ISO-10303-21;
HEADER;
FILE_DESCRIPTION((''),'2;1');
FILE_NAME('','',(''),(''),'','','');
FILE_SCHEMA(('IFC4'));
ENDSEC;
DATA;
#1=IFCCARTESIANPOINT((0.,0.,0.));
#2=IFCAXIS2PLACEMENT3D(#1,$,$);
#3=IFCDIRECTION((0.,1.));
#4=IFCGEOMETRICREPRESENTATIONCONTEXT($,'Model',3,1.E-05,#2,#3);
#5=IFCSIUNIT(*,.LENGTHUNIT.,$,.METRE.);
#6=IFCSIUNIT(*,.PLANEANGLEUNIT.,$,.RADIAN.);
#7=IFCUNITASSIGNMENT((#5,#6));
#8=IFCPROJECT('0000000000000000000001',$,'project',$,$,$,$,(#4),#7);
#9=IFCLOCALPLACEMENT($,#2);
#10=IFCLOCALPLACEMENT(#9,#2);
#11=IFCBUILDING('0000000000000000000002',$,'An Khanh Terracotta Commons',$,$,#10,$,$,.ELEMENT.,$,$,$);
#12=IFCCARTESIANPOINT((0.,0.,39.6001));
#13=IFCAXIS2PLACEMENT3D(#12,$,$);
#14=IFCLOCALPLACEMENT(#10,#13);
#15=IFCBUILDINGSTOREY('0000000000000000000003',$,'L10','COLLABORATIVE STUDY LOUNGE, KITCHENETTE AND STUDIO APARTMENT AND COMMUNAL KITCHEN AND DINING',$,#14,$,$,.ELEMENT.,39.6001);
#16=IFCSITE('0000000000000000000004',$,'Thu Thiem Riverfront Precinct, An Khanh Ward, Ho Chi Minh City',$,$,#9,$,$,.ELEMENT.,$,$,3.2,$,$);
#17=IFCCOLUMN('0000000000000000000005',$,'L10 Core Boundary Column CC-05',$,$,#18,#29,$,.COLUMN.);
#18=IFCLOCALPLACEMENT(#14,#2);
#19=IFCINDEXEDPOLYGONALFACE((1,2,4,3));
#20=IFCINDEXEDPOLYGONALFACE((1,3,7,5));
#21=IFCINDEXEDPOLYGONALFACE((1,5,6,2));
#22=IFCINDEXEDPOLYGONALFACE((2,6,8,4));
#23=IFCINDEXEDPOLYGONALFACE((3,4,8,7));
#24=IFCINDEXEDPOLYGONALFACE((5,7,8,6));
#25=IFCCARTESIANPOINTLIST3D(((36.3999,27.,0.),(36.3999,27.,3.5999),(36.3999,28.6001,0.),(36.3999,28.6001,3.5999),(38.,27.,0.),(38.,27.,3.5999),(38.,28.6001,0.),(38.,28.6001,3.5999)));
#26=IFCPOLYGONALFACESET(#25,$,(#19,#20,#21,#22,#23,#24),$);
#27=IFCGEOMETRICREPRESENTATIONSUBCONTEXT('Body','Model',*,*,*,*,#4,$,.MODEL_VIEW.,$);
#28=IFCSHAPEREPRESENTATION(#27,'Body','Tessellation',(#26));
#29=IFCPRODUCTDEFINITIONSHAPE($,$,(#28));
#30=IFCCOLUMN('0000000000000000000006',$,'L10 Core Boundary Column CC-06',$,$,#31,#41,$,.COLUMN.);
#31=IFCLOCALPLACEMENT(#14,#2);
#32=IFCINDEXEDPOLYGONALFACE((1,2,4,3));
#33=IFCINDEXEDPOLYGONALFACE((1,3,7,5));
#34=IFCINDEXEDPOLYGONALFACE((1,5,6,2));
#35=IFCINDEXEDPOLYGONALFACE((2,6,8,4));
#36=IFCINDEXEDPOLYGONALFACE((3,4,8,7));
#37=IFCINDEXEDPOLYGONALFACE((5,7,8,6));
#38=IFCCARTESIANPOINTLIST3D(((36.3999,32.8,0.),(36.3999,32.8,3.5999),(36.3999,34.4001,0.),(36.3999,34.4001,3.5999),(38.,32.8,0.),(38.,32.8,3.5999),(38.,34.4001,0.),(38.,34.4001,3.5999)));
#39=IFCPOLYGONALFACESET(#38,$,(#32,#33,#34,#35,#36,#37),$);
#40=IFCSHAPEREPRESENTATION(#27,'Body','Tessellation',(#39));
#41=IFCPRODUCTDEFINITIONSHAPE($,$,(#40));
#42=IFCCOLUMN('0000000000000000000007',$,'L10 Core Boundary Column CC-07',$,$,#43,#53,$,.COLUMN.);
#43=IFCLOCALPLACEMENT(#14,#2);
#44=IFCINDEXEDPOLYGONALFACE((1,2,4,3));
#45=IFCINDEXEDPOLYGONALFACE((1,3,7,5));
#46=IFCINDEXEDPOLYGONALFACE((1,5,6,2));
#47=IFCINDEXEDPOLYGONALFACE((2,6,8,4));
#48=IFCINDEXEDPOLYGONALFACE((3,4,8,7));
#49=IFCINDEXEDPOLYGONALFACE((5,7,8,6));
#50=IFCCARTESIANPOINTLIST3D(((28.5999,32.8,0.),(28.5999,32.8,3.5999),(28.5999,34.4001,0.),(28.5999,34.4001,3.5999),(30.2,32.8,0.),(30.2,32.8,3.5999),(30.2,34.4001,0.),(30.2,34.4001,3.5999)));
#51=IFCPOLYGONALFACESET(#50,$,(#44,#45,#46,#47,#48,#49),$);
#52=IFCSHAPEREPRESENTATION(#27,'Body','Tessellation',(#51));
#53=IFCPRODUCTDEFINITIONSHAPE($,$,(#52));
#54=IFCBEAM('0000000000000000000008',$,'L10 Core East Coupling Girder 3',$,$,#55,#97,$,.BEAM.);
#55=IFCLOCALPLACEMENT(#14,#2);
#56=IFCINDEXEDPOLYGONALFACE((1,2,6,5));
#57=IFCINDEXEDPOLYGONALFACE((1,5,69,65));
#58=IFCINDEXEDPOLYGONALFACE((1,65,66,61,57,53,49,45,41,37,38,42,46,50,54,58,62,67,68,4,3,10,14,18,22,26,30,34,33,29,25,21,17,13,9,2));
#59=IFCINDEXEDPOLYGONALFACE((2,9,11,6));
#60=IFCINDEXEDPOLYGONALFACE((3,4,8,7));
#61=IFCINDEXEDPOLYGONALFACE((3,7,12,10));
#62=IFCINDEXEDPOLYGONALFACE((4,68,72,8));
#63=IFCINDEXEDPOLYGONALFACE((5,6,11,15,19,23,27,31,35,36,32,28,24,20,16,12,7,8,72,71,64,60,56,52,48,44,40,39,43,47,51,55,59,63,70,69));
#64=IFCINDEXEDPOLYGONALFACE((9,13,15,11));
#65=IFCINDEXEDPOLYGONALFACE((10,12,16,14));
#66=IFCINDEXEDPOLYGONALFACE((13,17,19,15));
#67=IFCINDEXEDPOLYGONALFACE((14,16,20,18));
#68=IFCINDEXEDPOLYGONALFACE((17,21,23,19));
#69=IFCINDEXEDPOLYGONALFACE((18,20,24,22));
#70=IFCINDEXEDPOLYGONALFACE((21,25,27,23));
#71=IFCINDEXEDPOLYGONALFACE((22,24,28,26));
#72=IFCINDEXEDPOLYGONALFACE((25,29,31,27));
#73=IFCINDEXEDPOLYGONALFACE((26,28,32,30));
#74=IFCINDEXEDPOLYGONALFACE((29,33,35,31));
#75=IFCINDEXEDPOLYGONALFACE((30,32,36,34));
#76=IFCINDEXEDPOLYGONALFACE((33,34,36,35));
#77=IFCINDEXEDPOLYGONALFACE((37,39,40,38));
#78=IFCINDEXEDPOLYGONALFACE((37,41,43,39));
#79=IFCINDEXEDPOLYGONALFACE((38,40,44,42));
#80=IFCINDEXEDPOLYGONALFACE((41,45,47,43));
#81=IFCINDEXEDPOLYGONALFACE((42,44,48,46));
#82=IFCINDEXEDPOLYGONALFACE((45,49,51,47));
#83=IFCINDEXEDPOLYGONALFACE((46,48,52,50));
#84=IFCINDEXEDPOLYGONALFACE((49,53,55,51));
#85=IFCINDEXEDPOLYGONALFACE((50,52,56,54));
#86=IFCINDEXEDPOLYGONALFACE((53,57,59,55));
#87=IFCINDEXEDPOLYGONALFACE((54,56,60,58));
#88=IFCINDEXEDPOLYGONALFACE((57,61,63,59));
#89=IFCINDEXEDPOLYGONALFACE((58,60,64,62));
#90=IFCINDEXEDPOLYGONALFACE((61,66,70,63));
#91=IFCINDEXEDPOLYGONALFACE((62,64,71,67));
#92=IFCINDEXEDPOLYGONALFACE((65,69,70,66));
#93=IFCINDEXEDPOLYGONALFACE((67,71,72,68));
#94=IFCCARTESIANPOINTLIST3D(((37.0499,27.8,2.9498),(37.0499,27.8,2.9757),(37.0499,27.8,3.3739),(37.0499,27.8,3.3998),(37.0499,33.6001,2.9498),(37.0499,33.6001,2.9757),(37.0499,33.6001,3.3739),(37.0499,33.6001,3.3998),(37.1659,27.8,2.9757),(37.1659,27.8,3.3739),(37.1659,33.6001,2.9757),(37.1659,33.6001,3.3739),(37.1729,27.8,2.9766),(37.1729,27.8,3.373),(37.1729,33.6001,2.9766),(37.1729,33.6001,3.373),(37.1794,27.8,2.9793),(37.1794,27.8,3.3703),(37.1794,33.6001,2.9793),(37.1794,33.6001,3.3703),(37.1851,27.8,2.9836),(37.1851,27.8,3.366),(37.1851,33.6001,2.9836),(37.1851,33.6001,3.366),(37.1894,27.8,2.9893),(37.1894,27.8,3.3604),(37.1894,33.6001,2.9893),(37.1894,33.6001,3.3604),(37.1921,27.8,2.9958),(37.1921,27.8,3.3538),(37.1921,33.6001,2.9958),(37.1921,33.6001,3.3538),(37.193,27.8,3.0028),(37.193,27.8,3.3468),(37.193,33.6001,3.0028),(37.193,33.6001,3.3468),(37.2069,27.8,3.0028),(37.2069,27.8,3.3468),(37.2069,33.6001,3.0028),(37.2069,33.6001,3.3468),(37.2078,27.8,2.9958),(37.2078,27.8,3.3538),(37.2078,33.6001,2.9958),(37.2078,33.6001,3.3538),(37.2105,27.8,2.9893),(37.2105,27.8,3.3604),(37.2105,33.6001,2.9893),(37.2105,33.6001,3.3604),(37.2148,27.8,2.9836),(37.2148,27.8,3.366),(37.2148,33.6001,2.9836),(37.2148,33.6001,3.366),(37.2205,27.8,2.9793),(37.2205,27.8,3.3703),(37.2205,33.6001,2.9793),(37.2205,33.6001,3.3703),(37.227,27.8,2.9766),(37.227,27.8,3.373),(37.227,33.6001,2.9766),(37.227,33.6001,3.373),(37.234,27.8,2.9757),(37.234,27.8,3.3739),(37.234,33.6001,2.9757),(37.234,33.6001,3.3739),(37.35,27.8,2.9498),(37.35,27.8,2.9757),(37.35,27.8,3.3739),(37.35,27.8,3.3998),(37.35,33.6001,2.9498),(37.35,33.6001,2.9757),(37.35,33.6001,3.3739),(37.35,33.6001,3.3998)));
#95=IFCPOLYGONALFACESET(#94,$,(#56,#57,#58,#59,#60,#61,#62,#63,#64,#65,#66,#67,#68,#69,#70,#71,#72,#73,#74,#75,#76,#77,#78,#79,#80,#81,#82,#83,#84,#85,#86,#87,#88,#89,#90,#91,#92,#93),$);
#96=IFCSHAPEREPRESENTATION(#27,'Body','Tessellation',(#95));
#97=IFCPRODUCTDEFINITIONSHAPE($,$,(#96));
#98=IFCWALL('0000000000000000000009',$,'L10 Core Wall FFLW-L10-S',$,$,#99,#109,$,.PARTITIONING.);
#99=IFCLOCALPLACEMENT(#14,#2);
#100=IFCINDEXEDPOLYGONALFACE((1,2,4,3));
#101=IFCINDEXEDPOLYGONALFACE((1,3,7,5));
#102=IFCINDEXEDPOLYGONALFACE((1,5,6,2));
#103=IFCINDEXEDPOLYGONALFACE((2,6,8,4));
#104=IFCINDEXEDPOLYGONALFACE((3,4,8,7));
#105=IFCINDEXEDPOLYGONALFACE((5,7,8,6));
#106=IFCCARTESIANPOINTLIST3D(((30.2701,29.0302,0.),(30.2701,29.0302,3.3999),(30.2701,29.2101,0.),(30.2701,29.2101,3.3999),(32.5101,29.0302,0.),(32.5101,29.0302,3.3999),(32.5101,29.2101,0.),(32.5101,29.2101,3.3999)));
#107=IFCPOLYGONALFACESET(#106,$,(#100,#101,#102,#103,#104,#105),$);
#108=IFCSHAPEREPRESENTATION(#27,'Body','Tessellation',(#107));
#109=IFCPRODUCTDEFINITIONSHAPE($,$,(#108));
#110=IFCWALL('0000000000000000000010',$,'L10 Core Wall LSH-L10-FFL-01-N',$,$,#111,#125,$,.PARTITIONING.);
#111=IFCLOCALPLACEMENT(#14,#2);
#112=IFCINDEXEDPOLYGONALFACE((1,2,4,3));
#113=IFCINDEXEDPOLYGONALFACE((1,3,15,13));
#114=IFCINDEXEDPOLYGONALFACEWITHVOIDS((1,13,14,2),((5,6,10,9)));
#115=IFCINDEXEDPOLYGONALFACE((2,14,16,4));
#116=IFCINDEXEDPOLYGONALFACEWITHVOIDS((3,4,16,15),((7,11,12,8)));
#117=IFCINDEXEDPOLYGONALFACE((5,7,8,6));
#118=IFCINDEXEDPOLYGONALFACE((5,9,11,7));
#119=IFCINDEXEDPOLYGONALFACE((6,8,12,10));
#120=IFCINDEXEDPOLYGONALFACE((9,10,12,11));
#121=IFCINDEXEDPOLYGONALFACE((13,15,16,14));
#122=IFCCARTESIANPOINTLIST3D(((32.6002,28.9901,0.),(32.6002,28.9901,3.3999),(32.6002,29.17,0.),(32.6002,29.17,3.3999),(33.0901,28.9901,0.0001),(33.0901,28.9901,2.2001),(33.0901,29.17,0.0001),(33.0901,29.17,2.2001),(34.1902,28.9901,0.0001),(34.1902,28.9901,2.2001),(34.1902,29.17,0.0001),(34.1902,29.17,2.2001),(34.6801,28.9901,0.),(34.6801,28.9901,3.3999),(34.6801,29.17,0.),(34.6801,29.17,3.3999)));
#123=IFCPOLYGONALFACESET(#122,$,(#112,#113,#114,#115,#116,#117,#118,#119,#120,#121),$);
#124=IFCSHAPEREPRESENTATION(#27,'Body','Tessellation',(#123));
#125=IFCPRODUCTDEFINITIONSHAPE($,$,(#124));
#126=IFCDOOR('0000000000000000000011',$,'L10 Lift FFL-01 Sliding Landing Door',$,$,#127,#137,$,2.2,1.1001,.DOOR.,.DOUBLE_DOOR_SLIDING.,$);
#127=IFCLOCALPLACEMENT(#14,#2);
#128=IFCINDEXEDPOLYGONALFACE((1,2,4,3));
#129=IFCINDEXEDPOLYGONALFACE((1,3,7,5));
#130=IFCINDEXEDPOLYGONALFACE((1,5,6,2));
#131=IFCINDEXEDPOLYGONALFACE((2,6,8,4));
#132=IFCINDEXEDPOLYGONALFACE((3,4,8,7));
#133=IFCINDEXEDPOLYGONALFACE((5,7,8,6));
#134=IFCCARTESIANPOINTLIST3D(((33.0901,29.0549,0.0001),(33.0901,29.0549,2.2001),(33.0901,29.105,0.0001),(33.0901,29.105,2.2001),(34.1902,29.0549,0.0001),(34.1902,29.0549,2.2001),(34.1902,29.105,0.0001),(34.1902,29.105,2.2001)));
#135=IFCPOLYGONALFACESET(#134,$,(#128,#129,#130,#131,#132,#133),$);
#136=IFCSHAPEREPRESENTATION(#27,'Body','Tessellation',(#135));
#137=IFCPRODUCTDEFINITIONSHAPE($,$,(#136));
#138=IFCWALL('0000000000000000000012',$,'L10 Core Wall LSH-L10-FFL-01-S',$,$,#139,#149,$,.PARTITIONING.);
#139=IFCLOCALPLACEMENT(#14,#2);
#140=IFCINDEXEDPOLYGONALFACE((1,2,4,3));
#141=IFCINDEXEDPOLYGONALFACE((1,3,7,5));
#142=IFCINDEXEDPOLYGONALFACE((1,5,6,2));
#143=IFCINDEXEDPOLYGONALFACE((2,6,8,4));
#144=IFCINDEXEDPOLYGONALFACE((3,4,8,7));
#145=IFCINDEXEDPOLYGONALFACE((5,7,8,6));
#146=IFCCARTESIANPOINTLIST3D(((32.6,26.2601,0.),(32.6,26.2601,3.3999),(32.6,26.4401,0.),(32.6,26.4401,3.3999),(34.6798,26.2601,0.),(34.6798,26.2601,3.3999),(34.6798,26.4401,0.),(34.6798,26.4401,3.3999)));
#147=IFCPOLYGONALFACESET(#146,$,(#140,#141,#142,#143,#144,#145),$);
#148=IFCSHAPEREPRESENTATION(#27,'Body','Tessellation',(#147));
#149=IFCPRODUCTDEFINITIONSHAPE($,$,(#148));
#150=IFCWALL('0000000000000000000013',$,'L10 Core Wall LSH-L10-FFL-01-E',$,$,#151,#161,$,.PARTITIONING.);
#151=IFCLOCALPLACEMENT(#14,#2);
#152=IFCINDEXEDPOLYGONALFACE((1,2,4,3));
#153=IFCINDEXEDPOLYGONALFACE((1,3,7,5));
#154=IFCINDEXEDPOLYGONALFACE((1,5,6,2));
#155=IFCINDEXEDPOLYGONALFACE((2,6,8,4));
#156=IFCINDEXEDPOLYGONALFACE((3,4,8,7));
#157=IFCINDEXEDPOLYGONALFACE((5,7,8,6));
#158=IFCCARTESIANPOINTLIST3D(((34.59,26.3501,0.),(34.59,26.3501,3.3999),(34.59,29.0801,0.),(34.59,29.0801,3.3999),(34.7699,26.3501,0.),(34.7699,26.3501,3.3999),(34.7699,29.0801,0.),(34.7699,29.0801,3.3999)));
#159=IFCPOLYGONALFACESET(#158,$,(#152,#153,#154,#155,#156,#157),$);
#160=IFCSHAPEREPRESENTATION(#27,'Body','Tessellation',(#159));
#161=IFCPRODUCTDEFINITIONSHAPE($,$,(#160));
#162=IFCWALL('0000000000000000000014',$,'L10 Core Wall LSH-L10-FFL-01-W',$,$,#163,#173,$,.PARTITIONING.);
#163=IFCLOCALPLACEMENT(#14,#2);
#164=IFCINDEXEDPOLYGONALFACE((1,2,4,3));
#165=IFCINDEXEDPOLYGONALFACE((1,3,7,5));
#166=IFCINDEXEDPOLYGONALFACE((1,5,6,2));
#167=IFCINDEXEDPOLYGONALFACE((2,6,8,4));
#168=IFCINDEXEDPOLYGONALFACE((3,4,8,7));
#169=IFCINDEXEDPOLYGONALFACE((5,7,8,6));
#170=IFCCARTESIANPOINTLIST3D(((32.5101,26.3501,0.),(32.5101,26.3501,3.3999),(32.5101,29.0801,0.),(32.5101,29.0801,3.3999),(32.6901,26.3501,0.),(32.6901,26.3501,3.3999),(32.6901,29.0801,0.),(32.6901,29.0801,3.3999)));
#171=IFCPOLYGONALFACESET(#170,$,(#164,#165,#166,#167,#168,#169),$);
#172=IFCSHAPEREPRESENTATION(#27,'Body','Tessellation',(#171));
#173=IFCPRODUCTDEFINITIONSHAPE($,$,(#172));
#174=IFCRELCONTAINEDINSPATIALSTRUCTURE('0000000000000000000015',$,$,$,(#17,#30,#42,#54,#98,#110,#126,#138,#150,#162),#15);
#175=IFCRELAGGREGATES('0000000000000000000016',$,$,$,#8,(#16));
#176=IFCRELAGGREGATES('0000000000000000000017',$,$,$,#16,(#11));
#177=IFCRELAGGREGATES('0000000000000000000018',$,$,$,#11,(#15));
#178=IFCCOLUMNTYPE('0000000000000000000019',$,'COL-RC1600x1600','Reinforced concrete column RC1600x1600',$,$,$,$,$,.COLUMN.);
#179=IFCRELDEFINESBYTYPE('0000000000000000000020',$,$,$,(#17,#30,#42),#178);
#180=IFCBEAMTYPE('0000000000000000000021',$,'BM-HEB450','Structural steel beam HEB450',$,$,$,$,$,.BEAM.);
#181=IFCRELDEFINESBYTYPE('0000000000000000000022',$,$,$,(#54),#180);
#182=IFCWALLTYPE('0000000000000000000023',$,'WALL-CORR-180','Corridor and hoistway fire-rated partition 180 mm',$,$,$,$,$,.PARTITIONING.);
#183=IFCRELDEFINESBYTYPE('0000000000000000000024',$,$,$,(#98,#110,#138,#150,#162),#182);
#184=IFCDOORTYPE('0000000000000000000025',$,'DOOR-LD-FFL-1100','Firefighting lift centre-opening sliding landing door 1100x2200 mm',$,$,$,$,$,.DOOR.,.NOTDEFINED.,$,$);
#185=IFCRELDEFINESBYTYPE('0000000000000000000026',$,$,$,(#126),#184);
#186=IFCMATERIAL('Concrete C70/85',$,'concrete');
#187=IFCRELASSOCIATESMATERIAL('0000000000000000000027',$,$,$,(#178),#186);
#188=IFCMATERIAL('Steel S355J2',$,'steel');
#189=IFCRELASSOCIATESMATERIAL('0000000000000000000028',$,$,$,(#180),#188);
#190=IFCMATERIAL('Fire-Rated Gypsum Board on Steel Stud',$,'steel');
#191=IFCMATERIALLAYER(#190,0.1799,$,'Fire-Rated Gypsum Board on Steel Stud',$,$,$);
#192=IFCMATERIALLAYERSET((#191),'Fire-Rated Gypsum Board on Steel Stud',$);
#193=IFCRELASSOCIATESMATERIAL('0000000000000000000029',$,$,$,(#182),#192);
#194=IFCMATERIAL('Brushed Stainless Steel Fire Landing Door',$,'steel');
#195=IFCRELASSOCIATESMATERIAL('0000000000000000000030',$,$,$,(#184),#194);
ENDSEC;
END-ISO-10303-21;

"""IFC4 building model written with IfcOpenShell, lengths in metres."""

from ifc_helpers import new_model, si_unit, direction, frame, frame_2d, origin, origin_2d, place, context, subcontext, project, spatial, rectangle, i_section, extrude, material, layer, layer_set, material_profile, profile_set, type_object, element, fill, save


model = new_model("IFC4")

# Units and contexts
model_context = context("Model", 3, precision=1e-05, world=origin(), true_north=direction((0.0, 1.0)))
body_context = subcontext(model_context, "Body", "Model", "MODEL_VIEW")
ifc_project = project(units=[si_unit("LENGTHUNIT", "METRE"), si_unit("PLANEANGLEUNIT", "RADIAN")], contexts=[model_context])

# Site, building, storey
site_placement = place(None, origin())
site = spatial("IfcSite", under=ifc_project, at=site_placement, Name="Thu Thiem Riverfront Precinct, An Khanh Ward, Ho Chi Minh City", CompositionType="ELEMENT", RefElevation=3.2)
building_placement = place(site_placement, origin())
building = spatial("IfcBuilding", under=site, at=building_placement, Name="An Khanh Terracotta Commons", CompositionType="ELEMENT")
storey_placement = place(building_placement, frame((0.0, 0.0, 39.6001)))
storey = spatial("IfcBuildingStorey", under=building, at=storey_placement, Name="L10", Description="COLLABORATIVE STUDY LOUNGE, KITCHENETTE AND STUDIO APARTMENT AND COMMUNAL KITCHEN AND DINING", CompositionType="ELEMENT", Elevation=39.6001)

# Columns
ifc_material_1 = material(Name="Concrete C70/85", Category="concrete")
ifc_material_profile_1 = material_profile(ifc_material_1, rectangle(XDim=1.6001, YDim=1.6001, at=origin_2d()), Name="RC1600x1600")
ifc_profile_set_1 = profile_set([ifc_material_profile_1], Name="Concrete C70/85")
column_type = type_object("IfcColumnType", Name="COL-RC1600x1600", Description="Reinforced concrete column RC1600x1600", PredefinedType="COLUMN", material=ifc_profile_set_1)
for number, where, z_axis, x_axis, name in (
    (1, (37.2, 27.8, 0.0), (0.0, 0.0, 1.0), (1.0, 0.0, 0.0), "L10 Core Boundary Column CC-05"),
    (2, (37.2, 33.6001, 0.0), (0.0, 0.0, 1.0), (1.0, 0.0, 0.0), "L10 Core Boundary Column CC-06"),
    (3, (29.3999, 33.6001, 0.0), (0.0, 0.0, 1.0), (1.0, 0.0, 0.0), "L10 Core Boundary Column CC-07"),
):
    element("IfcColumn", number, at=place(storey_placement, frame(where, z_axis=z_axis, x_axis=x_axis)), inside=storey, type_object=column_type, Name=name, PredefinedType="COLUMN", context=body_context, shape_type="SweptSolid", body=[
        extrude(rectangle(XDim=1.6001, YDim=1.6001, at=origin_2d()), origin(), (0.0, 0.0, 1.0), 3.5999),
    ])

# Beam
ifc_material_2 = material(Name="Steel S355J2", Category="steel")
ifc_material_profile_2 = material_profile(ifc_material_2, i_section(OverallWidth=0.3, OverallDepth=0.45, WebThickness=0.0139, FlangeThickness=0.0259, FilletRadius=0.0271, at=origin_2d()), Name="HEB450")
ifc_profile_set_2 = profile_set([ifc_material_profile_2], Name="Steel S355J2")
beam_type = type_object("IfcBeamType", Name="BM-HEB450", Description="Structural steel beam HEB450", PredefinedType="BEAM", material=ifc_profile_set_2)
beam_placement = place(storey_placement, frame((37.2, 27.8, 3.1748), z_axis=(0.0, 1.0, 0.0), x_axis=(-1.0, 0.0, 0.0)))
element("IfcBeam", 4, at=beam_placement, inside=storey, type_object=beam_type, Name="L10 Core East Coupling Girder 3", PredefinedType="BEAM", context=body_context, shape_type="SweptSolid", body=[
    extrude(i_section(OverallWidth=0.3, OverallDepth=0.45, WebThickness=0.0139, FlangeThickness=0.0259, FilletRadius=0.0271, at=origin_2d()), origin(), (0.0, 0.0, 1.0), 5.8),
])

# Wall
ifc_material_3 = material(Name="Fire-Rated Gypsum Board on Steel Stud", Category="steel")
ifc_layer_1 = layer(ifc_material_3, 0.1799, Name="Fire-Rated Gypsum Board on Steel Stud")
ifc_layer_set_1 = layer_set([ifc_layer_1], Name="Fire-Rated Gypsum Board on Steel Stud")
wall_type_1 = type_object("IfcWallType", Name="WALL-CORR-180", Description="Corridor and hoistway fire-rated partition 180 mm", PredefinedType="PARTITIONING", material=ifc_layer_set_1)
wall_1_placement = place(storey_placement, frame((30.27, 29.1201, 0.0), z_axis=(0.0, 0.0, 1.0), x_axis=(1.0, 0.0, 0.0)))
element("IfcWall", 5, at=wall_1_placement, inside=storey, type_object=wall_type_1, Name="L10 Core Wall FFLW-L10-S", PredefinedType="PARTITIONING", context=body_context, shape_type="SweptSolid", body=[
    extrude(rectangle(XDim=2.24, YDim=0.1799, at=frame_2d((1.1201, 0.0))), origin(), (0.0, 0.0, 1.0), 3.3999),
])

# Wall, opening, door
wall_2_placement = place(storey_placement, frame((32.6001, 29.0801, 0.0), z_axis=(0.0, 0.0, 1.0), x_axis=(1.0, 0.0, 0.0)))
wall_2 = element("IfcWall", 6, at=wall_2_placement, inside=storey, type_object=wall_type_1, Name="L10 Core Wall LSH-L10-FFL-01-N", PredefinedType="PARTITIONING", context=body_context, shape_type="SweptSolid", body=[
    extrude(rectangle(XDim=2.0798, YDim=0.1799, at=frame_2d((1.04, 0.0))), origin(), (0.0, 0.0, 1.0), 3.3999),
])
opening_1_placement = place(wall_2_placement, frame((0.49, 0.0, 0.0)))
opening_1 = element("IfcOpeningElement", 7, at=opening_1_placement, cuts=wall_2, PredefinedType="OPENING", context=body_context, shape_type="SweptSolid", body=[
    extrude(rectangle(XDim=1.1001, YDim=2.2, at=frame_2d((0.55, 1.1001))), frame((0.0, 0.0999, 0.0), z_axis=(0.0, -1.0, 0.0), x_axis=(1.0, 0.0, 0.0)), (0.0, 0.0, 1.0), 0.2),
])
ifc_material_4 = material(Name="Brushed Stainless Steel Fire Landing Door", Category="steel")
door_type_1 = type_object("IfcDoorType", Name="DOOR-LD-FFL-1100", Description="Firefighting lift centre-opening sliding landing door 1100x2200 mm", OperationType="NOTDEFINED", PredefinedType="DOOR", material=ifc_material_4)
door_1_placement = place(opening_1_placement, origin())
door_1 = element("IfcDoor", 8, at=door_1_placement, inside=storey, type_object=door_type_1, Name="L10 Lift FFL-01 Sliding Landing Door", OperationType="DOUBLE_DOOR_SLIDING", OverallHeight=2.2, OverallWidth=1.1001, PredefinedType="DOOR", context=body_context, shape_type="SweptSolid", body=[
    extrude(rectangle(XDim=1.1001, YDim=2.2, at=frame_2d((0.55, 1.1001))), frame((0.0, 0.0249, 0.0), z_axis=(0.0, -1.0, 0.0), x_axis=(1.0, 0.0, 0.0)), (0.0, 0.0, 1.0), 0.05),
])
fill(opening_1, door_1)

# Walls
wall_3_placement = place(storey_placement, frame((34.6799, 26.3501, 0.0), z_axis=(0.0, 0.0, 1.0), x_axis=(-1.0, 0.0, 0.0)))
element("IfcWall", 9, at=wall_3_placement, inside=storey, type_object=wall_type_1, Name="L10 Core Wall LSH-L10-FFL-01-S", PredefinedType="PARTITIONING", context=body_context, shape_type="SweptSolid", body=[
    extrude(rectangle(XDim=2.0798, YDim=0.1799, at=frame_2d((1.04, 0.0))), origin(), (0.0, 0.0, 1.0), 3.3999),
])
for number, where, z_axis, x_axis, name in (
    (10, (34.6799, 26.3501, 0.0), (0.0, 0.0, 1.0), (0.0, 1.0, 0.0), "L10 Core Wall LSH-L10-FFL-01-E"),
    (11, (32.6001, 29.0801, 0.0), (0.0, 0.0, 1.0), (0.0, -1.0, 0.0), "L10 Core Wall LSH-L10-FFL-01-W"),
):
    element("IfcWall", number, at=place(storey_placement, frame(where, z_axis=z_axis, x_axis=x_axis)), inside=storey, type_object=wall_type_1, Name=name, PredefinedType="PARTITIONING", context=body_context, shape_type="SweptSolid", body=[
        extrude(rectangle(XDim=2.73, YDim=0.1799, at=frame_2d((1.365, 0.0))), origin(), (0.0, 0.0, 1.0), 3.3999),
    ])

save(model, "model.ifc")
